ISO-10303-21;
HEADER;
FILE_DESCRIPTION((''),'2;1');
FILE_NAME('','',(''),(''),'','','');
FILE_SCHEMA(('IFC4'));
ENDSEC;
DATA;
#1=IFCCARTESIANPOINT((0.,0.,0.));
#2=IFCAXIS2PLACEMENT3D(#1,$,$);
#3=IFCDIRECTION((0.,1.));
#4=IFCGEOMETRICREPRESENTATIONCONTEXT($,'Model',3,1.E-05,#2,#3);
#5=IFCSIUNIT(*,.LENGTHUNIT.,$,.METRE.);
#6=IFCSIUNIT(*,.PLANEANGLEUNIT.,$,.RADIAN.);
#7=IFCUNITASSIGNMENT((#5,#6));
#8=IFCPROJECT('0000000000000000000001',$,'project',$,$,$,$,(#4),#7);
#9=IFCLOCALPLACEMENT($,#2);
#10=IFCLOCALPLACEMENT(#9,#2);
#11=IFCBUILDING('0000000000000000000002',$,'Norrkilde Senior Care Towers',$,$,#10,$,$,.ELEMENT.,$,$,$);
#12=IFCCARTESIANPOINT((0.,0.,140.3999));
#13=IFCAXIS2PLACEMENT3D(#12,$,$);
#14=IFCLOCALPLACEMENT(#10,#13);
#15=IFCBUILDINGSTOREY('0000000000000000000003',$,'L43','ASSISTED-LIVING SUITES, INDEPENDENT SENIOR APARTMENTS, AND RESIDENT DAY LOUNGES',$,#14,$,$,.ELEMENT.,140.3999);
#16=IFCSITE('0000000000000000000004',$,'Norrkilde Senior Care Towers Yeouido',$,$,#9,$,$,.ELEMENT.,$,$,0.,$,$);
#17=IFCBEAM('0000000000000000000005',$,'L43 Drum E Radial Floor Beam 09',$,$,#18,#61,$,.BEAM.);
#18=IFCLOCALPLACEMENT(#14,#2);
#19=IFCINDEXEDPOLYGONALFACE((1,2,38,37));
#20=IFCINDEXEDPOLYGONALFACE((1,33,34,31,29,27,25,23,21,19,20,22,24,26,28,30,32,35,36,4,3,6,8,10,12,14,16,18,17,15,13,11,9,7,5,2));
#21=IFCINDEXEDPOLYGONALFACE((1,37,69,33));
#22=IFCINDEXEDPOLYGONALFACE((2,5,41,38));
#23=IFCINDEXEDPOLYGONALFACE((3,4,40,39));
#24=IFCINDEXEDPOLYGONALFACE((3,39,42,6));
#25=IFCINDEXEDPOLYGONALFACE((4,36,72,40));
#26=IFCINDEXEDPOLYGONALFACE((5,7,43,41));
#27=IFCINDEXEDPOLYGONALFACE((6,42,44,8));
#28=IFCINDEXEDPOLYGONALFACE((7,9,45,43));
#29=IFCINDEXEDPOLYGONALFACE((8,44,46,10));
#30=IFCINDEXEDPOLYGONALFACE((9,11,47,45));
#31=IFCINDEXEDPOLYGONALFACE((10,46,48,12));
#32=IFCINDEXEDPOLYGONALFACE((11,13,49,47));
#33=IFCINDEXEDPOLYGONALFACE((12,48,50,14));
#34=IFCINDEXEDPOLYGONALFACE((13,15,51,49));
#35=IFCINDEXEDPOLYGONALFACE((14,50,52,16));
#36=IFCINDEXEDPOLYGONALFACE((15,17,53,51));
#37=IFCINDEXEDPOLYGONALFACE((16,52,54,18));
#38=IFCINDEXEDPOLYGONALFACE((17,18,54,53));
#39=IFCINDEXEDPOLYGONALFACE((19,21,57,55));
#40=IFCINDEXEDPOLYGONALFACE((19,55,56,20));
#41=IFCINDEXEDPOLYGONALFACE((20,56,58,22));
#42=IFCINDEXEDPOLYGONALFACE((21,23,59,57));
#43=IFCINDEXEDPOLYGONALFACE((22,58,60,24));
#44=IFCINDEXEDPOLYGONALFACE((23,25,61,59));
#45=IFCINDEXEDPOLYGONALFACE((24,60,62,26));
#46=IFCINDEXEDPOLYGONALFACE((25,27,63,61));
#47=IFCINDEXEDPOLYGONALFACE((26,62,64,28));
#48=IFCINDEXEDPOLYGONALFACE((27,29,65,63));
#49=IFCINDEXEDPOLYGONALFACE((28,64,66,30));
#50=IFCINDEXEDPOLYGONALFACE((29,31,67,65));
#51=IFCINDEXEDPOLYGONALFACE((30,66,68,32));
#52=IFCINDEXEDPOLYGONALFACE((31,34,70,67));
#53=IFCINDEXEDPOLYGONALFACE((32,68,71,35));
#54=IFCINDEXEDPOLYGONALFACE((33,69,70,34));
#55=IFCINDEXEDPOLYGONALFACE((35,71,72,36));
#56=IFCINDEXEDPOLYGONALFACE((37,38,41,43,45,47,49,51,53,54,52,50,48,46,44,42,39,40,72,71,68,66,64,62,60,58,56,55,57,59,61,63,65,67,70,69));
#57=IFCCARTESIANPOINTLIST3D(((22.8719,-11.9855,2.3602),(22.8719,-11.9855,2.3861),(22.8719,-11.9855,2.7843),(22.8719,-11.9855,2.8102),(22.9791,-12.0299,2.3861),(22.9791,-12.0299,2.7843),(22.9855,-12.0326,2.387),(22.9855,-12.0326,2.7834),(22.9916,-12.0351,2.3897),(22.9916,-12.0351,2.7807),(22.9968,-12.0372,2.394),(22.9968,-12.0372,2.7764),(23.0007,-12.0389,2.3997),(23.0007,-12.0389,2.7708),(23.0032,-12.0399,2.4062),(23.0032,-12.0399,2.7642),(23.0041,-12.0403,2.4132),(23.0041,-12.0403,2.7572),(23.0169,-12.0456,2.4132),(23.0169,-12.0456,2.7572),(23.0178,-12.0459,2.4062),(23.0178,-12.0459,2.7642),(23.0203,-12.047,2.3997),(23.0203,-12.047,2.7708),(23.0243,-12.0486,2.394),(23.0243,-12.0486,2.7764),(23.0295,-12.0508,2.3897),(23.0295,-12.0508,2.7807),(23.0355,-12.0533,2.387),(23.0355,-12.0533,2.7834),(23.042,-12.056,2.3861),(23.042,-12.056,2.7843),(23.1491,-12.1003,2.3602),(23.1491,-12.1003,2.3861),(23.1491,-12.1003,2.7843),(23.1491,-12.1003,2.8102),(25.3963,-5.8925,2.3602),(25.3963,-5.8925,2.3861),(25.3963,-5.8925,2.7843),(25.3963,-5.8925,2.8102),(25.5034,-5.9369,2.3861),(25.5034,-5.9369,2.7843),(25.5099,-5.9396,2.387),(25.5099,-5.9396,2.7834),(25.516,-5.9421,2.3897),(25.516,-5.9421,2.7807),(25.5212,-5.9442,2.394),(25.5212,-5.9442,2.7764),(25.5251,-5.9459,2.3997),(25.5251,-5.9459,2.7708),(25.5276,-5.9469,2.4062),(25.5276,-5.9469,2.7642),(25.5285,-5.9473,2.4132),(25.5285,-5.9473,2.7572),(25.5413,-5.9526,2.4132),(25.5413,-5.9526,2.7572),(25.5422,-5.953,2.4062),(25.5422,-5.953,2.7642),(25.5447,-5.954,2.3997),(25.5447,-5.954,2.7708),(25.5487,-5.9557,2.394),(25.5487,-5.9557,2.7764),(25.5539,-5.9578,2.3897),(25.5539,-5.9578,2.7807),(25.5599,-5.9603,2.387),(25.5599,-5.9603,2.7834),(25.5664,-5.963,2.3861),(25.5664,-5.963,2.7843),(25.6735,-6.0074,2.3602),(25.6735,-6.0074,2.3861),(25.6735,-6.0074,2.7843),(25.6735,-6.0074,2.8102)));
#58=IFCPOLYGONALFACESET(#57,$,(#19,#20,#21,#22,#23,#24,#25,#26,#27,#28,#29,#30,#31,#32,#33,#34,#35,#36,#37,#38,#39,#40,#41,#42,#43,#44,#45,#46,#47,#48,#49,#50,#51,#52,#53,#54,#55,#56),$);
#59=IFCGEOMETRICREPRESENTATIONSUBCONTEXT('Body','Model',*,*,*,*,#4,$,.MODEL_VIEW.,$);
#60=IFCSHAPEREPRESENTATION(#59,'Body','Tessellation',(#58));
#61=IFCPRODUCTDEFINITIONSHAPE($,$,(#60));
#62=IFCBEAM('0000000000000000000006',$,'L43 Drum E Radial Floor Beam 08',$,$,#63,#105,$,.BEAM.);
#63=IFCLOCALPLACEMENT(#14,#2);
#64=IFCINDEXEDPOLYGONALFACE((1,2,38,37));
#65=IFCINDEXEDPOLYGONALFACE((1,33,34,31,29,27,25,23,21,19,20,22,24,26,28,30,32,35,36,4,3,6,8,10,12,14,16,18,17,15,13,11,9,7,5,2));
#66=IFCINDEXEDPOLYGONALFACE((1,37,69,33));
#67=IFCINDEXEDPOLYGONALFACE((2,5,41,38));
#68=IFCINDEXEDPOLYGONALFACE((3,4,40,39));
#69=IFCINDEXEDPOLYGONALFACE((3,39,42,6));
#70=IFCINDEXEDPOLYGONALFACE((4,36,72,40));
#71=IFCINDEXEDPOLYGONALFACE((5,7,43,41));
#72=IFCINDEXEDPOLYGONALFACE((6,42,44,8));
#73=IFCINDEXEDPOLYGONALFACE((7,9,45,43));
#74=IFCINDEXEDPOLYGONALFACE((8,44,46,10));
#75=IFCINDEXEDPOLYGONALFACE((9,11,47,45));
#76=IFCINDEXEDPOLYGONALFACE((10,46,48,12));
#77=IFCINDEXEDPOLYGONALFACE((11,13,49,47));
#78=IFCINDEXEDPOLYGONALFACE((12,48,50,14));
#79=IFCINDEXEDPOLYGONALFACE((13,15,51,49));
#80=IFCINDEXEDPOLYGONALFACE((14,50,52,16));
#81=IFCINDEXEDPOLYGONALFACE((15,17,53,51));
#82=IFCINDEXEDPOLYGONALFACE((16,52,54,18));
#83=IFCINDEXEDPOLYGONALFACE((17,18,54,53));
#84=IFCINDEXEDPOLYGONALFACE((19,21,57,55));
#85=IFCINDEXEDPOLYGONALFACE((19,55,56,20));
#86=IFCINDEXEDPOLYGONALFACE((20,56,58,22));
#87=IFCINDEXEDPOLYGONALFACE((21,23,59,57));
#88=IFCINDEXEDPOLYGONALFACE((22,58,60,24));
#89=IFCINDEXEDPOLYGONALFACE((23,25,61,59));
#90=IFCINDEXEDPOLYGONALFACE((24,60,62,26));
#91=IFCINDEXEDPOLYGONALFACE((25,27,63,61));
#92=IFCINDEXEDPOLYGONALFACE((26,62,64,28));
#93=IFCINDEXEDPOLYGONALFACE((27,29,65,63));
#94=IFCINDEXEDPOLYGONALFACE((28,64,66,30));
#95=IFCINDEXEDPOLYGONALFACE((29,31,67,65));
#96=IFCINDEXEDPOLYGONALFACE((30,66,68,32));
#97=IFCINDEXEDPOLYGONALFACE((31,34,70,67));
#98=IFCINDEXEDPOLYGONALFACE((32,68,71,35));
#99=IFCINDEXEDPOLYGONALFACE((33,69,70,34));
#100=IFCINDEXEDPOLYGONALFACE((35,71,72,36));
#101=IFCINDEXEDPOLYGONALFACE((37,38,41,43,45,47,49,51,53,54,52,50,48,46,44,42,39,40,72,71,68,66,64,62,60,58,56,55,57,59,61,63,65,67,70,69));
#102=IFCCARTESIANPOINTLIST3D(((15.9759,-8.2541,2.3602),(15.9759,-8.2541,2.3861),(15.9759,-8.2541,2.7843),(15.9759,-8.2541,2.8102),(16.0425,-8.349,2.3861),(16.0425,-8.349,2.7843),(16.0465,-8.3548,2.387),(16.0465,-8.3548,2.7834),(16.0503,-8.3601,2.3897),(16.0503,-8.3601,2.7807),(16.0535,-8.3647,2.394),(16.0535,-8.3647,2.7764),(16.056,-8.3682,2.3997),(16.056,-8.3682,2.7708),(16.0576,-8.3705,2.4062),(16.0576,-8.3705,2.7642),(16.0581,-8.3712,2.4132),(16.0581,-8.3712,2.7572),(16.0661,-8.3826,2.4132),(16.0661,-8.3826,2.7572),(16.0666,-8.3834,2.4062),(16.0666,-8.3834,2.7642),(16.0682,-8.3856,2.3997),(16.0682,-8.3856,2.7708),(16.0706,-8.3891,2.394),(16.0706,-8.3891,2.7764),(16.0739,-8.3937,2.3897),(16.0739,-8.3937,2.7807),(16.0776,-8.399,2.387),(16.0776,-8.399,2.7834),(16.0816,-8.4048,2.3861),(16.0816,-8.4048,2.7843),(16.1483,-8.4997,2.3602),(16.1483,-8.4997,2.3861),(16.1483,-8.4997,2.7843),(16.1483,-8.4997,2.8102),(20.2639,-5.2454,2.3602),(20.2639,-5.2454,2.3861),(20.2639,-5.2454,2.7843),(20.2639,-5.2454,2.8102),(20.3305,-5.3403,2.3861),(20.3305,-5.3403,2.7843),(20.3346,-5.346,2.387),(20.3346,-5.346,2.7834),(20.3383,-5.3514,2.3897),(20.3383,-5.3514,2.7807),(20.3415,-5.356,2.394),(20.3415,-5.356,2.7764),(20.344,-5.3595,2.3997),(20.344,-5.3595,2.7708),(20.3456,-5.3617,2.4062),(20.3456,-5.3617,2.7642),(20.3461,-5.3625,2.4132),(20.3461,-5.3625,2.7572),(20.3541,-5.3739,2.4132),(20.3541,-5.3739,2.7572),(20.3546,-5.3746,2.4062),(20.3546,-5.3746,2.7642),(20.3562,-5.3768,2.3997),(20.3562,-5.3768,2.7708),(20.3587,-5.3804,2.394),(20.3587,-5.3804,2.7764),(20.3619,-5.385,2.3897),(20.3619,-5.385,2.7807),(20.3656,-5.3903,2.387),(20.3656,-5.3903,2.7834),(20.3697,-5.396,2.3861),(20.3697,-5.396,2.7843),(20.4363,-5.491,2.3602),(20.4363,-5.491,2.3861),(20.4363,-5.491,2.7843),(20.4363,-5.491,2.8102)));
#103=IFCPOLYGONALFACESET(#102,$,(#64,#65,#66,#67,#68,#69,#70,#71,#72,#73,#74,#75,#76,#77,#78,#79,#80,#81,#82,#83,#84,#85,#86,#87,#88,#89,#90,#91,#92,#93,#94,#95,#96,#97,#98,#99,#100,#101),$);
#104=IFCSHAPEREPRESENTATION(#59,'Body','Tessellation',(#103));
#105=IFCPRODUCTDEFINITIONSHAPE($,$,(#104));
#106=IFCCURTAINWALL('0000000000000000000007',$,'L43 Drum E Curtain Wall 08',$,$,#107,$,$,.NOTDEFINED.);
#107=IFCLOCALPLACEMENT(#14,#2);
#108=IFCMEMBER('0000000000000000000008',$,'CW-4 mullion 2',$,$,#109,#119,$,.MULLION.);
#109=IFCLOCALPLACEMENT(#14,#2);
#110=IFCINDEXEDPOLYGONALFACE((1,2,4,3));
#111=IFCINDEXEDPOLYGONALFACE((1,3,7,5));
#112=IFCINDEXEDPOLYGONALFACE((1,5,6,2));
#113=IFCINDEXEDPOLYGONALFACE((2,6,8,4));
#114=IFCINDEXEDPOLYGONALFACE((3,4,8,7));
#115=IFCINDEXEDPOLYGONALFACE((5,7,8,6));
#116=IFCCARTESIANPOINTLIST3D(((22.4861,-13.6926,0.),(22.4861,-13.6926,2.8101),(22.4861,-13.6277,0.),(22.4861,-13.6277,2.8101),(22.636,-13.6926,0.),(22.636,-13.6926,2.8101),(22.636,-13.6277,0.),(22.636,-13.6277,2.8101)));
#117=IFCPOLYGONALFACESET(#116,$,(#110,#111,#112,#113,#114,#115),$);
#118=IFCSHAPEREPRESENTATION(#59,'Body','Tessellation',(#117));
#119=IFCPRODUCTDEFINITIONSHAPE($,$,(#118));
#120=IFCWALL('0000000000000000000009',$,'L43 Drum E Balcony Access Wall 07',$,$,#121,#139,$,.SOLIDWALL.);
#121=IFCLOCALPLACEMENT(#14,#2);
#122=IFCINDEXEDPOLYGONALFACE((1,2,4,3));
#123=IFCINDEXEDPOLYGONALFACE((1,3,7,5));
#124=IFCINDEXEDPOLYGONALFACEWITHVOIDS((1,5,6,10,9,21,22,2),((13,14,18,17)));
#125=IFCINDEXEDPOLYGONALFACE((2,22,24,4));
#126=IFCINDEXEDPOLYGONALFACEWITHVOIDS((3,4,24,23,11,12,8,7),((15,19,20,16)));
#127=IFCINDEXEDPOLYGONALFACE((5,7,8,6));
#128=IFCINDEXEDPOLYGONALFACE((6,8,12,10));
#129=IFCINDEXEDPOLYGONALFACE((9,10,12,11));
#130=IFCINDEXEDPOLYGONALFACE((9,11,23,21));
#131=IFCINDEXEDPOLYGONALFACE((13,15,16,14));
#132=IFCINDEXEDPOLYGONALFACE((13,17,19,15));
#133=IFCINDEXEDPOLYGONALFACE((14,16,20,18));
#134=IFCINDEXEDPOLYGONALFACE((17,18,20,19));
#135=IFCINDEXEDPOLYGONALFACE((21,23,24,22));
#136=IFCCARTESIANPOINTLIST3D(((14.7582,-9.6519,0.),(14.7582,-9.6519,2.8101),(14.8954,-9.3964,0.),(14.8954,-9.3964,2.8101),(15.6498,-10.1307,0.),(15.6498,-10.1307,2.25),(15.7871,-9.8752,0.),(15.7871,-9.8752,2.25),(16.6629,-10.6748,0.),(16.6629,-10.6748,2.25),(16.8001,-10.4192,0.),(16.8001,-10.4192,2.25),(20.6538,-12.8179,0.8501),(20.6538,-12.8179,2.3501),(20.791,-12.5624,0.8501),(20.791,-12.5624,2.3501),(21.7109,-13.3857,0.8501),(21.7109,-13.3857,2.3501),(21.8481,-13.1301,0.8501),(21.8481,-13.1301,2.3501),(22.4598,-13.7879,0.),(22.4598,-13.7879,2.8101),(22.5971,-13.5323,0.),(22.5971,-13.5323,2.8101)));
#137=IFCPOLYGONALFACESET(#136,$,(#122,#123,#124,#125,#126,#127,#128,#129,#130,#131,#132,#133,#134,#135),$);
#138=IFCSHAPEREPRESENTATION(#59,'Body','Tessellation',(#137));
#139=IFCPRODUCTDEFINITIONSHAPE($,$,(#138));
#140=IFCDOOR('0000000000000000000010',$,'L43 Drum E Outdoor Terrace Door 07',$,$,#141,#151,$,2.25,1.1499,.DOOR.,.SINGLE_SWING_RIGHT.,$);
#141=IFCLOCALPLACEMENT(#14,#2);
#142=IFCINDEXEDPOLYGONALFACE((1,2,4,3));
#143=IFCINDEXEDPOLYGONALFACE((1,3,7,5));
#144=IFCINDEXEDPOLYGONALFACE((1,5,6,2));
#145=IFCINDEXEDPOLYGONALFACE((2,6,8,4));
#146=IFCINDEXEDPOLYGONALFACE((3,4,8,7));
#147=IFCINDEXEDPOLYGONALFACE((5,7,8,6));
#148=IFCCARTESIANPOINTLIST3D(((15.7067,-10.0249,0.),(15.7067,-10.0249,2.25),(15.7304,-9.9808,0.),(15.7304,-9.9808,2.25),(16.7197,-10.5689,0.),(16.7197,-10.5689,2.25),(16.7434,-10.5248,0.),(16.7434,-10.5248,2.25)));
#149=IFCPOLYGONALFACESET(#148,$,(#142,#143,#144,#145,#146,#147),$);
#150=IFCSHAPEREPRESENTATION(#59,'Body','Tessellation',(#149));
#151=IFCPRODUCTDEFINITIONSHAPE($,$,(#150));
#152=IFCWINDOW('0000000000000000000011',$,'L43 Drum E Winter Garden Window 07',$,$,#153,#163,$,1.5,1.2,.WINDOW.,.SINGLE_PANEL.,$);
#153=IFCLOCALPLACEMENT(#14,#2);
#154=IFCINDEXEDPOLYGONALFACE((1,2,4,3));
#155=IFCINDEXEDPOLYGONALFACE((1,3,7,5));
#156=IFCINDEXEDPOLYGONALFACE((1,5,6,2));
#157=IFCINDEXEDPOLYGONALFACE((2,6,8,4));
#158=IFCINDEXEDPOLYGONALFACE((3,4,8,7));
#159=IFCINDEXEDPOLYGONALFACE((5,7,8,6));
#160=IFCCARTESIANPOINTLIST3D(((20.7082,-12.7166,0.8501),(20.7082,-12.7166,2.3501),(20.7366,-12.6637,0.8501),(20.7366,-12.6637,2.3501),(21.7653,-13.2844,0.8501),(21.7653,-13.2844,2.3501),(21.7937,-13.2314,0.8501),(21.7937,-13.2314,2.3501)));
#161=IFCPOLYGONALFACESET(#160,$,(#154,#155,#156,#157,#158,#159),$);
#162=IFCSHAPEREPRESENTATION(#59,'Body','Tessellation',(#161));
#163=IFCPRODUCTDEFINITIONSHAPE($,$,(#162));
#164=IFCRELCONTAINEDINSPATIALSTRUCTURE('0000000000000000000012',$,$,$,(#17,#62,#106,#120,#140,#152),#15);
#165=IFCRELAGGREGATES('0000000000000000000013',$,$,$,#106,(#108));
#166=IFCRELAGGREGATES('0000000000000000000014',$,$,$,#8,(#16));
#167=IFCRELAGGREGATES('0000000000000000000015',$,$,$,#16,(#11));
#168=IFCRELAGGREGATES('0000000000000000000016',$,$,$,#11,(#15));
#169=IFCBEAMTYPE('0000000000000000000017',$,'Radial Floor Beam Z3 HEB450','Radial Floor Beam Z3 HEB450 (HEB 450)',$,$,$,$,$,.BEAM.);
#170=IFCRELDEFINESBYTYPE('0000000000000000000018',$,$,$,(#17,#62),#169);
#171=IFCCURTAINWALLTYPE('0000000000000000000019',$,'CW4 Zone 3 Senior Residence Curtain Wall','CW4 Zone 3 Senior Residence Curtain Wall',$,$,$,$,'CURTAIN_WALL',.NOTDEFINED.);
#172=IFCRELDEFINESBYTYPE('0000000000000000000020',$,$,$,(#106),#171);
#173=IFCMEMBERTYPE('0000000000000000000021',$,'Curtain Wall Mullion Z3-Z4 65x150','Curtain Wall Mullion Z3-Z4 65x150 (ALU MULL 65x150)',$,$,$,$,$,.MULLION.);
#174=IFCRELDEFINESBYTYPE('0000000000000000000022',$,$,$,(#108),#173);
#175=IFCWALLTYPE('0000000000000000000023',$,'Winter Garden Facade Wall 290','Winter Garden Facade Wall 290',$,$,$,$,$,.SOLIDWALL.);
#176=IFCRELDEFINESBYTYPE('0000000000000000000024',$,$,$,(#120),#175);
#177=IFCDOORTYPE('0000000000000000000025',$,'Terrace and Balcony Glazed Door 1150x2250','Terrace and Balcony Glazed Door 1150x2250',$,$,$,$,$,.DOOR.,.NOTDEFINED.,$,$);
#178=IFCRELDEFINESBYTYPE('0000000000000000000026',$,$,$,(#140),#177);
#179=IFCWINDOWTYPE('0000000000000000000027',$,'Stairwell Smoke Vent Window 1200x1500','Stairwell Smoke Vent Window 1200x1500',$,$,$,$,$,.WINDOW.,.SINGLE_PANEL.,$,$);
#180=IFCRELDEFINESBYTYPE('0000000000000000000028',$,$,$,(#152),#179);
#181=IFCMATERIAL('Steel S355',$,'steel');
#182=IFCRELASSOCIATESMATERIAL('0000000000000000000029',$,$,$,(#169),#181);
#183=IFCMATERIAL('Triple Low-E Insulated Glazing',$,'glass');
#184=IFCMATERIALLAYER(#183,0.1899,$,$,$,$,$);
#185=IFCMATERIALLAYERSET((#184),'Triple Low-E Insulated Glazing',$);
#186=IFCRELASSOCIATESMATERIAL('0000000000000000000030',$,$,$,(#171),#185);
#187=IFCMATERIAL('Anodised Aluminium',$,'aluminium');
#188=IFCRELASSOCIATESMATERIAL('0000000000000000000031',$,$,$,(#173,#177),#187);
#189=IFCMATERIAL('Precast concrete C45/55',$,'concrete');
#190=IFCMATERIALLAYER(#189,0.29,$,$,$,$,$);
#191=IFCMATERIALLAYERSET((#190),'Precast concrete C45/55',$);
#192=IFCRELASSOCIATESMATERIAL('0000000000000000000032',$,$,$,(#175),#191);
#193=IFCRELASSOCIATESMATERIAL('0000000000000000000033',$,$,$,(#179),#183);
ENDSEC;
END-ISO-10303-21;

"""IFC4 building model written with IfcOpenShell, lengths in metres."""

from ifc_helpers import new_model, si_unit, direction, frame, frame_2d, origin, origin_2d, place, context, subcontext, project, spatial, rectangle, i_section, extrude, source, transform, mapped, material, layer, layer_set, material_profile, profile_set, type_object, type_shapes, element, fill, aggregate, save


model = new_model("IFC4")

# Units and contexts
model_context = context("Model", 3, precision=1e-05, world=origin(), true_north=direction((0.0, 1.0)))
body_context = subcontext(model_context, "Body", "Model", "MODEL_VIEW")
ifc_project = project(units=[si_unit("LENGTHUNIT", "METRE"), si_unit("PLANEANGLEUNIT", "RADIAN")], contexts=[model_context])

# Site, building, storey
site_placement = place(None, origin())
site = spatial("IfcSite", under=ifc_project, at=site_placement, Name="Norrkilde Senior Care Towers Yeouido", CompositionType="ELEMENT", RefElevation=0.0)
building_placement = place(site_placement, origin())
building = spatial("IfcBuilding", under=site, at=building_placement, Name="Norrkilde Senior Care Towers", CompositionType="ELEMENT")
storey_placement = place(building_placement, frame((0.0, 0.0, 140.3999)))
storey = spatial("IfcBuildingStorey", under=building, at=storey_placement, Name="L43", Description="ASSISTED-LIVING SUITES, INDEPENDENT SENIOR APARTMENTS, AND RESIDENT DAY LOUNGES", CompositionType="ELEMENT", Elevation=140.3999)

# Beams
ifc_material_1 = material(Name="Steel S355", Category="steel")
ifc_material_profile_1 = material_profile(ifc_material_1, i_section(OverallWidth=0.3, OverallDepth=0.45, WebThickness=0.0139, FlangeThickness=0.0259, FilletRadius=0.0271, at=origin_2d()), Name="HEB 450")
ifc_profile_set_1 = profile_set([ifc_material_profile_1], Name="Steel S355")
beam_type_1 = type_object("IfcBeamType", Name="Radial Floor Beam Z3 HEB450", Description="Radial Floor Beam Z3 HEB450 (HEB 450)", PredefinedType="BEAM", material=ifc_profile_set_1)
shared_shape_1 = source(origin(), body_context, "Body", "SweptSolid", [
    extrude(i_section(OverallWidth=0.3, OverallDepth=0.45, WebThickness=0.0139, FlangeThickness=0.0259, FilletRadius=0.0271, at=origin_2d()), origin(), (0.0, 0.0, 1.0), 6.5952),
])
beam_1_placement = place(storey_placement, frame((25.5349, -5.95, 2.5852), z_axis=(-0.382762, -0.923847, 0.0), x_axis=(0.923847, -0.382762, 0.0)))
element("IfcBeam", 1, at=beam_1_placement, inside=storey, type_object=beam_type_1, Name="L43 Drum E Radial Floor Beam 09", PredefinedType="BEAM", context=body_context, shape_type="MappedRepresentation", body=[
    mapped(shared_shape_1, transform((0.0, 0.0, 0.0), x_axis=(1.0, 0.0, 0.0), y_axis=(0.0, 1.0, 0.0), z_axis=(0.0, 0.0, 1.0), scale=1.0)),
])
shared_shape_2 = source(origin(), body_context, "Body", "SweptSolid", [
    extrude(i_section(OverallWidth=0.3, OverallDepth=0.45, WebThickness=0.0139, FlangeThickness=0.0259, FilletRadius=0.0271, at=origin_2d()), origin(), (0.0, 0.0, 1.0), 5.2383),
])
type_shapes(beam_type_1, [shared_shape_1, shared_shape_2])
beam_2_placement = place(storey_placement, frame((20.3501, -5.3682, 2.5852), z_axis=(-0.818592, -0.574375, 0.0), x_axis=(0.574375, -0.818592, 0.0)))
element("IfcBeam", 2, at=beam_2_placement, inside=storey, type_object=beam_type_1, Name="L43 Drum E Radial Floor Beam 08", PredefinedType="BEAM", context=body_context, shape_type="MappedRepresentation", body=[
    mapped(shared_shape_2, transform((0.0, 0.0, 0.0), x_axis=(1.0, 0.0, 0.0), y_axis=(0.0, 1.0, 0.0), z_axis=(0.0, 0.0, 1.0), scale=1.0)),
])

# Curtain wall, member
ifc_material_2 = material(Name="Triple Low-E Insulated Glazing", Category="glass")
ifc_layer_1 = layer(ifc_material_2, 0.1899)
ifc_layer_set_1 = layer_set([ifc_layer_1], Name="Triple Low-E Insulated Glazing")
curtain_wall_type = type_object("IfcCurtainWallType", Name="CW4 Zone 3 Senior Residence Curtain Wall", Description="CW4 Zone 3 Senior Residence Curtain Wall", ElementType="CURTAIN_WALL", PredefinedType="NOTDEFINED", material=ifc_layer_set_1)
curtain_wall_placement = place(storey_placement, origin())
curtain_wall = element("IfcCurtainWall", 3, at=curtain_wall_placement, inside=storey, type_object=curtain_wall_type, Name="L43 Drum E Curtain Wall 08", PredefinedType="NOTDEFINED")
ifc_material_3 = material(Name="Anodised Aluminium", Category="aluminium")
ifc_material_profile_2 = material_profile(ifc_material_3, rectangle(XDim=0.0649, YDim=0.1499, at=origin_2d()), Name="ALU MULL 65x150")
ifc_profile_set_2 = profile_set([ifc_material_profile_2], Name="Anodised Aluminium")
member_type = type_object("IfcMemberType", Name="Curtain Wall Mullion Z3-Z4 65x150", Description="Curtain Wall Mullion Z3-Z4 65x150 (ALU MULL 65x150)", PredefinedType="MULLION", material=ifc_profile_set_2)
shared_shape_3 = source(origin(), body_context, "Body", "SweptSolid", [
    extrude(rectangle(XDim=0.0649, YDim=0.1499, at=origin_2d()), origin(), (0.0, 0.0, 1.0), 2.8101),
])
type_shapes(member_type, [shared_shape_3])
member_placement = place(storey_placement, frame((22.561, -13.6602, 0.0), z_axis=(0.0, 0.0, 1.0), x_axis=(0.0, -1.0, 0.0)))
member = element("IfcMember", 4, at=member_placement, type_object=member_type, Name="CW-4 mullion 2", PredefinedType="MULLION", context=body_context, shape_type="MappedRepresentation", body=[
    mapped(shared_shape_3, transform((0.0, 0.0, 0.0), x_axis=(1.0, 0.0, 0.0), y_axis=(0.0, 1.0, 0.0), z_axis=(0.0, 0.0, 1.0), scale=1.0)),
])
aggregate(curtain_wall, [member])

# Wall, openings, door, window
ifc_material_4 = material(Name="Precast concrete C45/55", Category="concrete")
ifc_layer_2 = layer(ifc_material_4, 0.29)
ifc_layer_set_2 = layer_set([ifc_layer_2], Name="Precast concrete C45/55")
wall_type_1 = type_object("IfcWallType", Name="Winter Garden Facade Wall 290", Description="Winter Garden Facade Wall 290", PredefinedType="SOLIDWALL", material=ifc_layer_set_2)
shared_shape_4 = source(origin(), body_context, "Body", "SweptSolid", [
    extrude(rectangle(XDim=8.7419, YDim=0.29, at=frame_2d((4.3711, 0.0))), origin(), (0.0, 0.0, 1.0), 2.8101),
])
type_shapes(wall_type_1, [shared_shape_4])
wall_1_placement = place(storey_placement, frame((22.5286, -13.6602, 0.0), z_axis=(0.0, 0.0, 1.0), x_axis=(-0.880999, 0.473119, 0.0)))
wall_1 = element("IfcWall", 5, at=wall_1_placement, inside=storey, type_object=wall_type_1, Name="L43 Drum E Balcony Access Wall 07", PredefinedType="SOLIDWALL", context=body_context, shape_type="MappedRepresentation", body=[
    mapped(shared_shape_4, transform((0.0, 0.0, 0.0), x_axis=(1.0, 0.0, 0.0), y_axis=(0.0, 1.0, 0.0), z_axis=(0.0, 0.0, 1.0), scale=1.0)),
])
opening_1_placement = place(wall_1_placement, frame((6.5801, 0.0, 0.0)))
opening_1 = element("IfcOpeningElement", 6, at=opening_1_placement, cuts=wall_1, PredefinedType="OPENING", context=body_context, shape_type="SweptSolid", body=[
    extrude(rectangle(XDim=1.1499, YDim=2.25, at=frame_2d((0.575, 1.125))), frame((0.0, 0.155, 0.0), z_axis=(0.0, -1.0, 0.0), x_axis=(1.0, 0.0, 0.0)), (0.0, 0.0, 1.0), 0.3101),
])
opening_2_placement = place(wall_1_placement, frame((0.8501, 0.0, 0.8501)))
opening_2 = element("IfcOpeningElement", 7, at=opening_2_placement, cuts=wall_1, PredefinedType="OPENING", context=body_context, shape_type="SweptSolid", body=[
    extrude(rectangle(XDim=1.2, YDim=1.5, at=frame_2d((0.6001, 0.75))), frame((0.0, 0.155, 0.0), z_axis=(0.0, -1.0, 0.0), x_axis=(1.0, 0.0, 0.0)), (0.0, 0.0, 1.0), 0.3101),
])
door_type_1 = type_object("IfcDoorType", Name="Terrace and Balcony Glazed Door 1150x2250", Description="Terrace and Balcony Glazed Door 1150x2250", OperationType="NOTDEFINED", PredefinedType="DOOR", material=ifc_material_3)
shared_shape_5 = source(origin(), body_context, "Body", "SweptSolid", [
    extrude(rectangle(XDim=1.1499, YDim=2.25, at=frame_2d((0.575, 1.125))), frame((0.0, 0.0249, 0.0), z_axis=(0.0, -1.0, 0.0), x_axis=(1.0, 0.0, 0.0)), (0.0, 0.0, 1.0), 0.05),
])
type_shapes(door_type_1, [shared_shape_5])
door_1_placement = place(opening_1_placement, origin())
door_1 = element("IfcDoor", 8, at=door_1_placement, inside=storey, type_object=door_type_1, Name="L43 Drum E Outdoor Terrace Door 07", OperationType="SINGLE_SWING_RIGHT", OverallHeight=2.25, OverallWidth=1.1499, PredefinedType="DOOR", context=body_context, shape_type="MappedRepresentation", body=[
    mapped(shared_shape_5, transform((0.0, 0.0, 0.0), x_axis=(1.0, 0.0, 0.0), y_axis=(0.0, 1.0, 0.0), z_axis=(0.0, 0.0, 1.0), scale=1.0)),
])
fill(opening_1, door_1)
window_type = type_object("IfcWindowType", Name="Stairwell Smoke Vent Window 1200x1500", Description="Stairwell Smoke Vent Window 1200x1500", PartitioningType="SINGLE_PANEL", PredefinedType="WINDOW", material=ifc_material_2)
shared_shape_6 = source(origin(), body_context, "Body", "SweptSolid", [
    extrude(rectangle(XDim=1.2, YDim=1.5, at=frame_2d((0.6001, 0.75))), frame((0.0, 0.03, 0.0), z_axis=(0.0, -1.0, 0.0), x_axis=(1.0, 0.0, 0.0)), (0.0, 0.0, 1.0), 0.0601),
])
type_shapes(window_type, [shared_shape_6])
window_placement = place(opening_2_placement, origin())
window = element("IfcWindow", 9, at=window_placement, inside=storey, type_object=window_type, Name="L43 Drum E Winter Garden Window 07", OverallHeight=1.5, OverallWidth=1.2, PartitioningType="SINGLE_PANEL", PredefinedType="WINDOW", context=body_context, shape_type="MappedRepresentation", body=[
    mapped(shared_shape_6, transform((0.0, 0.0, 0.0), x_axis=(1.0, 0.0, 0.0), y_axis=(0.0, 1.0, 0.0), z_axis=(0.0, 0.0, 1.0), scale=1.0)),
])
fill(opening_2, window)

save(model, "model.ifc")
